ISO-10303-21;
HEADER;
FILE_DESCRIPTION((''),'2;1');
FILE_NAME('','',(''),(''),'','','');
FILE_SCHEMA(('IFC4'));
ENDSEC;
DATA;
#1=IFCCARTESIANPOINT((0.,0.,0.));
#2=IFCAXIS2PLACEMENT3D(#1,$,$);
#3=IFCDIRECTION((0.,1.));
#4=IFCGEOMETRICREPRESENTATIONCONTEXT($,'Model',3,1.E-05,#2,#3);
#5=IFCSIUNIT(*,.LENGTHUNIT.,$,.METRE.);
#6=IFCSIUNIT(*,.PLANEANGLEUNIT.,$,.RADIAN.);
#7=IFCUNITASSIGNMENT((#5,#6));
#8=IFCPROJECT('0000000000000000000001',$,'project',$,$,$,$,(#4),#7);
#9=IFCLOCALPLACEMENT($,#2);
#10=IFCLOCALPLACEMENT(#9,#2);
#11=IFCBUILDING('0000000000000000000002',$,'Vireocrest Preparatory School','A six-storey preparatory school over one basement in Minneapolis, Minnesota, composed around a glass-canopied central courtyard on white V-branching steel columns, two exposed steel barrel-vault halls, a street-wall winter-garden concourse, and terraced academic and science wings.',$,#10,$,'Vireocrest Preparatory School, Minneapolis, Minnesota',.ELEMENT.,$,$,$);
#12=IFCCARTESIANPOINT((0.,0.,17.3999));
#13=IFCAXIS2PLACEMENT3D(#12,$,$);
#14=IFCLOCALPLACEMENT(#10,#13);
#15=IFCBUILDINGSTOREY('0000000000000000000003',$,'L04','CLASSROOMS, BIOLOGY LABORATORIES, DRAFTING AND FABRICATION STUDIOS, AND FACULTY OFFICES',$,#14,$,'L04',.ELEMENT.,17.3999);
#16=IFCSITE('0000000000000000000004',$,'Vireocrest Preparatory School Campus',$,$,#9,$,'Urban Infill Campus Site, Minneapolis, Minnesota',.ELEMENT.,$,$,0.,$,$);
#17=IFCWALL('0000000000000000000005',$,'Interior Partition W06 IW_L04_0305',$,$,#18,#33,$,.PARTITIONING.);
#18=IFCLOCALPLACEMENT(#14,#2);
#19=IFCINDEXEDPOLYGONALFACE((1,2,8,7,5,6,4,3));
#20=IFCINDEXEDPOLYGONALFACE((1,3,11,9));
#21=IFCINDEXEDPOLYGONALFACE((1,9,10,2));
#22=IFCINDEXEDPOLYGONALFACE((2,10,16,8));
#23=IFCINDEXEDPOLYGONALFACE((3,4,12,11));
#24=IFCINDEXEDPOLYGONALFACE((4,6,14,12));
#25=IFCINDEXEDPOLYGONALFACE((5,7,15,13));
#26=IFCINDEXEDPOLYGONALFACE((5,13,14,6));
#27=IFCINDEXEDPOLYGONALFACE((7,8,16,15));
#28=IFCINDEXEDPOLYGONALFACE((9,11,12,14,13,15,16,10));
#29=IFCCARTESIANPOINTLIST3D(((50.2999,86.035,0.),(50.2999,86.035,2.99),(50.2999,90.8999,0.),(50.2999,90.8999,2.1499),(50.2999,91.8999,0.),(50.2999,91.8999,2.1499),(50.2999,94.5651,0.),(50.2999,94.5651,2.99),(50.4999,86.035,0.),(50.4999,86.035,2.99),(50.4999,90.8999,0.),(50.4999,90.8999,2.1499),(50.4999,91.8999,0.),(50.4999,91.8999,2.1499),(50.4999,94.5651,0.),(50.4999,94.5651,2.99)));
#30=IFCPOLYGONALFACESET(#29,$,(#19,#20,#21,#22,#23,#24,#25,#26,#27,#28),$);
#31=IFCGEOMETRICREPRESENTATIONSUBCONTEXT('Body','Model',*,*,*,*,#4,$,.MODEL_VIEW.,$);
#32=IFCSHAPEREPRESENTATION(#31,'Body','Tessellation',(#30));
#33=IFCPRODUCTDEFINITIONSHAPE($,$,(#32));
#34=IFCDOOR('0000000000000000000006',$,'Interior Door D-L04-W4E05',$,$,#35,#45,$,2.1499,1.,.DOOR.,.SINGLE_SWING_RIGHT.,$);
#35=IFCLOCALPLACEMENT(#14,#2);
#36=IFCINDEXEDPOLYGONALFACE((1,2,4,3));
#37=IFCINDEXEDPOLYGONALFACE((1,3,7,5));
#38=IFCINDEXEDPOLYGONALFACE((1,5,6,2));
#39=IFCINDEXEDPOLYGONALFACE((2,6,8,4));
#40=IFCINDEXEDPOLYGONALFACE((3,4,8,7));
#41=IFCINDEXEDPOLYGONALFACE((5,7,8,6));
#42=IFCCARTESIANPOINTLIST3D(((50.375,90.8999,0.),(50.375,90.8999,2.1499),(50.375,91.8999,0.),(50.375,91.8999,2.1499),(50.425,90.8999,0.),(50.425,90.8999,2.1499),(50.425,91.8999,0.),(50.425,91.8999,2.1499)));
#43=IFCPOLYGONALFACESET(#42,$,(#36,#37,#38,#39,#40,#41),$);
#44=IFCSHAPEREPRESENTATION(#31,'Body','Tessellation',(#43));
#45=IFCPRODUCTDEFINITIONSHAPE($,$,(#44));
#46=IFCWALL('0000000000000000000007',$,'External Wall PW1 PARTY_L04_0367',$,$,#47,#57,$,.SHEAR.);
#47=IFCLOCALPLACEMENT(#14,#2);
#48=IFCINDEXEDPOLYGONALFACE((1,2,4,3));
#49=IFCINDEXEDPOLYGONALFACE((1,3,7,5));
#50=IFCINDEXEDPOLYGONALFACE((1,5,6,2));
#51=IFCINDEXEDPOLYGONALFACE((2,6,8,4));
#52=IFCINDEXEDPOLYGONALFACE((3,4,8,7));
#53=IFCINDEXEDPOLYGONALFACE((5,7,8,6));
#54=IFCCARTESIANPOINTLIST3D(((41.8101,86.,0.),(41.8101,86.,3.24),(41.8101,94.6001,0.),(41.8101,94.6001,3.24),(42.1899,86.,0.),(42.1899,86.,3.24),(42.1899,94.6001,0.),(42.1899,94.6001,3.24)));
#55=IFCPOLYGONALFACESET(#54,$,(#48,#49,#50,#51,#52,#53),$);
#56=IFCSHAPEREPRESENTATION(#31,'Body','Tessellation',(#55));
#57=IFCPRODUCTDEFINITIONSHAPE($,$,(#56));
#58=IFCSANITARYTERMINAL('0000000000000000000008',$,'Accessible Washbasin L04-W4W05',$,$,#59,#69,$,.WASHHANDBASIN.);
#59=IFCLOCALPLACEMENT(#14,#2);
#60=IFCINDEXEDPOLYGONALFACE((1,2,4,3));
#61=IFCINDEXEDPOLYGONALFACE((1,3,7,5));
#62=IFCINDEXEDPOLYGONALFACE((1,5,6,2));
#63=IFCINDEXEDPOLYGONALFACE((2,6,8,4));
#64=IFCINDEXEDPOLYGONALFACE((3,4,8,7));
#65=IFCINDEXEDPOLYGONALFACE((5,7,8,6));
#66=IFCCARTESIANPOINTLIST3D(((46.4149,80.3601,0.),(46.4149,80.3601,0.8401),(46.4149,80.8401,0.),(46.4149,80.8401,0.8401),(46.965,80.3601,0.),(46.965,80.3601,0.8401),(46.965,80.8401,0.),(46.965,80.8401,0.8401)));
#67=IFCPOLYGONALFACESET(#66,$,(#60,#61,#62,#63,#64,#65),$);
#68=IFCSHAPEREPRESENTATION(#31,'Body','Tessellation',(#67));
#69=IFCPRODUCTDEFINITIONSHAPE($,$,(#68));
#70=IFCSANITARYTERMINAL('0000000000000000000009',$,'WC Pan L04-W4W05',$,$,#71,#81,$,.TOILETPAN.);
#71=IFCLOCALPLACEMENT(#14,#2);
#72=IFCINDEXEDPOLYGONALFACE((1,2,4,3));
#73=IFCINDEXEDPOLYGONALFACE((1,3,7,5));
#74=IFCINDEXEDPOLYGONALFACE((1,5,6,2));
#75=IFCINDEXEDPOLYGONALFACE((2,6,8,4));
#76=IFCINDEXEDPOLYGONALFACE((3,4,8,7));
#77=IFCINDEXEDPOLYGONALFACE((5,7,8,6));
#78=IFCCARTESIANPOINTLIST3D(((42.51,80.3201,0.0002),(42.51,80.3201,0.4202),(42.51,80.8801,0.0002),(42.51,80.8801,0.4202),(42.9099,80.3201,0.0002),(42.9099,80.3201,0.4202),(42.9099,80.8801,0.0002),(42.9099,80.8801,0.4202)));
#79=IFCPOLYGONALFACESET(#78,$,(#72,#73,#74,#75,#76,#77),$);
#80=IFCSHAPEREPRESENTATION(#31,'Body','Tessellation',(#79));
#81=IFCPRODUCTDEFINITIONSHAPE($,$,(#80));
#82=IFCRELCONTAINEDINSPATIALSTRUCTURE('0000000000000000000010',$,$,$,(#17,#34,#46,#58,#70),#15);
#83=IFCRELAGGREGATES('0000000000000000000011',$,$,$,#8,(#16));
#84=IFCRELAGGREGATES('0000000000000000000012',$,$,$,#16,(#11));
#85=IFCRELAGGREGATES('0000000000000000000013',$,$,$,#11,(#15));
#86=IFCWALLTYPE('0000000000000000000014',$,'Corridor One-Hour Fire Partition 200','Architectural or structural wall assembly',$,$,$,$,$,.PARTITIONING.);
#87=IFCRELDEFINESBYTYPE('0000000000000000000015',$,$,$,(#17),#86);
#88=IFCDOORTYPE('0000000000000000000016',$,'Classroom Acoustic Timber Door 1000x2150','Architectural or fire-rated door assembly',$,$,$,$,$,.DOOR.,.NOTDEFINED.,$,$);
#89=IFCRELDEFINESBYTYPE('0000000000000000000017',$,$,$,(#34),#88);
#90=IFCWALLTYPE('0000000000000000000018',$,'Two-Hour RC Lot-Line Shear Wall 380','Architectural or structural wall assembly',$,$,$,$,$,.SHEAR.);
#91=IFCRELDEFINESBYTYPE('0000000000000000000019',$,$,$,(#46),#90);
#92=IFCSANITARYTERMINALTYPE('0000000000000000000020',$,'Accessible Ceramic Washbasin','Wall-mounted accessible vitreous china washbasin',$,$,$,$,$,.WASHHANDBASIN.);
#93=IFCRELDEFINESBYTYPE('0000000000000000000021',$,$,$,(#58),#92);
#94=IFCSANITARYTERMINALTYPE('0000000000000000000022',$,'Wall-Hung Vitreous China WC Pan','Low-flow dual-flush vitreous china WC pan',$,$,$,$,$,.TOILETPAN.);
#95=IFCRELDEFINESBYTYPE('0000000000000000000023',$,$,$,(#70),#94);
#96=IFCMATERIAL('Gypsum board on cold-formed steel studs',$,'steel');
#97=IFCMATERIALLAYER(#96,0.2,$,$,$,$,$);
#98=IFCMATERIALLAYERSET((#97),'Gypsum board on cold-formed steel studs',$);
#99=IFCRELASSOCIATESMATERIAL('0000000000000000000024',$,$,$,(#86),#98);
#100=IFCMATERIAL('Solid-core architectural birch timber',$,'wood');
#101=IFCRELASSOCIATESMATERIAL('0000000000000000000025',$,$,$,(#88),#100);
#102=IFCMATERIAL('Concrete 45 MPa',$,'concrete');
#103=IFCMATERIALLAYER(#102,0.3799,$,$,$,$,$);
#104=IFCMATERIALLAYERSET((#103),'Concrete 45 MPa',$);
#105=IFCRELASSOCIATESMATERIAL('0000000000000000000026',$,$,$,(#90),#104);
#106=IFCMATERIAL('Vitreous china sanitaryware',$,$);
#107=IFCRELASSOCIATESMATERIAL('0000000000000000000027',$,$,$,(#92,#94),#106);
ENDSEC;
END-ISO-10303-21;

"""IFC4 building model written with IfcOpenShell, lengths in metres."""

from ifc_helpers import new_model, si_unit, direction, frame, frame_2d, origin, origin_2d, place, context, subcontext, project, spatial, rectangle, extrude, material, layer, layer_set, type_object, element, fill, save


model = new_model("IFC4")

# Units and contexts
model_context = context("Model", 3, precision=1e-05, world=origin(), true_north=direction((0.0, 1.0)))
body_context = subcontext(model_context, "Body", "Model", "MODEL_VIEW")
ifc_project = project(units=[si_unit("LENGTHUNIT", "METRE"), si_unit("PLANEANGLEUNIT", "RADIAN")], contexts=[model_context])

# Site, building, storey
site_placement = place(None, origin())
site = spatial("IfcSite", under=ifc_project, at=site_placement, Name="Vireocrest Preparatory School Campus", LongName="Urban Infill Campus Site, Minneapolis, Minnesota", CompositionType="ELEMENT", RefElevation=0.0)
building_placement = place(site_placement, origin())
building = spatial("IfcBuilding", under=site, at=building_placement, Name="Vireocrest Preparatory School", Description="A six-storey preparatory school over one basement in Minneapolis, Minnesota, composed around a glass-canopied central courtyard on white V-branching steel columns, two exposed steel barrel-vault halls, a street-wall winter-garden concourse, and terraced academic and science wings.", LongName="Vireocrest Preparatory School, Minneapolis, Minnesota", CompositionType="ELEMENT")
storey_placement = place(building_placement, frame((0.0, 0.0, 17.3999)))
storey = spatial("IfcBuildingStorey", under=building, at=storey_placement, Name="L04", Description="CLASSROOMS, BIOLOGY LABORATORIES, DRAFTING AND FABRICATION STUDIOS, AND FACULTY OFFICES", LongName="L04", CompositionType="ELEMENT", Elevation=17.3999)

# Shared definitions
ifc_material_1 = material(Name="Concrete 45 MPa", Category="concrete")

# Shared definitions
ifc_material_2 = material(Name="Gypsum board on cold-formed steel studs", Category="steel")

# Wall, opening, door
ifc_layer_1 = layer(ifc_material_2, 0.2)
ifc_layer_set_1 = layer_set([ifc_layer_1], Name="Gypsum board on cold-formed steel studs")
wall_type_1 = type_object("IfcWallType", Name="Corridor One-Hour Fire Partition 200", Description="Architectural or structural wall assembly", PredefinedType="PARTITIONING", material=ifc_layer_set_1)
wall_1_placement = place(storey_placement, frame((50.3999, 86.0349, 0.0), z_axis=(0.0, 0.0, 1.0), x_axis=(0.0, 1.0, 0.0)))
wall_1 = element("IfcWall", 1, at=wall_1_placement, inside=storey, type_object=wall_type_1, Name="Interior Partition W06 IW_L04_0305", PredefinedType="PARTITIONING", context=body_context, shape_type="SweptSolid", body=[
    extrude(rectangle(XDim=8.53, YDim=0.2, at=frame_2d((4.2651, 0.0))), origin(), (0.0, 0.0, 1.0), 2.99),
])
opening_placement = place(wall_1_placement, frame((4.865, 0.0, 0.0)))
opening = element("IfcOpeningElement", 2, at=opening_placement, cuts=wall_1, PredefinedType="OPENING", context=body_context, shape_type="SweptSolid", body=[
    extrude(rectangle(XDim=1.0, YDim=2.1499, at=frame_2d((0.5, 1.075))), frame((0.0, 0.1099, 0.0), z_axis=(0.0, -1.0, 0.0), x_axis=(1.0, 0.0, 0.0)), (0.0, 0.0, 1.0), 0.22),
])
ifc_material_3 = material(Name="Solid-core architectural birch timber", Category="wood")
door_type = type_object("IfcDoorType", Name="Classroom Acoustic Timber Door 1000x2150", Description="Architectural or fire-rated door assembly", OperationType="NOTDEFINED", PredefinedType="DOOR", material=ifc_material_3)
door_placement = place(opening_placement, origin())
door = element("IfcDoor", 3, at=door_placement, inside=storey, type_object=door_type, Name="Interior Door D-L04-W4E05", OperationType="SINGLE_SWING_RIGHT", OverallHeight=2.1499, OverallWidth=1.0, PredefinedType="DOOR", context=body_context, shape_type="SweptSolid", body=[
    extrude(rectangle(XDim=1.0, YDim=2.1499, at=frame_2d((0.5, 1.075))), frame((0.0, 0.0249, 0.0), z_axis=(0.0, -1.0, 0.0), x_axis=(1.0, 0.0, 0.0)), (0.0, 0.0, 1.0), 0.05),
])
fill(opening, door)

# Wall
ifc_layer_2 = layer(ifc_material_1, 0.3799)
ifc_layer_set_2 = layer_set([ifc_layer_2], Name="Concrete 45 MPa")
wall_type_2 = type_object("IfcWallType", Name="Two-Hour RC Lot-Line Shear Wall 380", Description="Architectural or structural wall assembly", PredefinedType="SHEAR", material=ifc_layer_set_2)
wall_2_placement = place(storey_placement, frame((42.0, 86.0, 0.0), z_axis=(0.0, 0.0, 1.0), x_axis=(0.0, 1.0, 0.0)))
element("IfcWall", 4, at=wall_2_placement, inside=storey, type_object=wall_type_2, Name="External Wall PW1 PARTY_L04_0367", PredefinedType="SHEAR", context=body_context, shape_type="SweptSolid", body=[
    extrude(rectangle(XDim=8.6001, YDim=0.3799, at=frame_2d((4.3, 0.0))), origin(), (0.0, 0.0, 1.0), 3.24),
])

# Sanitary terminals
ifc_material_4 = material(Name="Vitreous china sanitaryware")
sanitary_terminal_type_1 = type_object("IfcSanitaryTerminalType", Name="Accessible Ceramic Washbasin", Description="Wall-mounted accessible vitreous china washbasin", PredefinedType="WASHHANDBASIN", material=ifc_material_4)
sanitary_terminal_1_placement = place(storey_placement, frame((46.6899, 80.6001, 0.0), z_axis=(0.0, 0.0, 1.0), x_axis=(1.0, 0.0, 0.0)))
element("IfcSanitaryTerminal", 5, at=sanitary_terminal_1_placement, inside=storey, type_object=sanitary_terminal_type_1, Name="Accessible Washbasin L04-W4W05", PredefinedType="WASHHANDBASIN", context=body_context, shape_type="SweptSolid", body=[
    extrude(rectangle(XDim=0.55, YDim=0.48, at=origin_2d()), origin(), (0.0, 0.0, 1.0), 0.8401),
])
sanitary_terminal_type_2 = type_object("IfcSanitaryTerminalType", Name="Wall-Hung Vitreous China WC Pan", Description="Low-flow dual-flush vitreous china WC pan", PredefinedType="TOILETPAN", material=ifc_material_4)
sanitary_terminal_2_placement = place(storey_placement, frame((42.71, 80.6001, 0.0002), z_axis=(0.0, 0.0, 1.0), x_axis=(1.0, 0.0, 0.0)))
element("IfcSanitaryTerminal", 6, at=sanitary_terminal_2_placement, inside=storey, type_object=sanitary_terminal_type_2, Name="WC Pan L04-W4W05", PredefinedType="TOILETPAN", context=body_context, shape_type="SweptSolid", body=[
    extrude(rectangle(XDim=0.3999, YDim=0.5601, at=origin_2d()), origin(), (0.0, 0.0, 1.0), 0.4199),
])

save(model, "model.ifc")
